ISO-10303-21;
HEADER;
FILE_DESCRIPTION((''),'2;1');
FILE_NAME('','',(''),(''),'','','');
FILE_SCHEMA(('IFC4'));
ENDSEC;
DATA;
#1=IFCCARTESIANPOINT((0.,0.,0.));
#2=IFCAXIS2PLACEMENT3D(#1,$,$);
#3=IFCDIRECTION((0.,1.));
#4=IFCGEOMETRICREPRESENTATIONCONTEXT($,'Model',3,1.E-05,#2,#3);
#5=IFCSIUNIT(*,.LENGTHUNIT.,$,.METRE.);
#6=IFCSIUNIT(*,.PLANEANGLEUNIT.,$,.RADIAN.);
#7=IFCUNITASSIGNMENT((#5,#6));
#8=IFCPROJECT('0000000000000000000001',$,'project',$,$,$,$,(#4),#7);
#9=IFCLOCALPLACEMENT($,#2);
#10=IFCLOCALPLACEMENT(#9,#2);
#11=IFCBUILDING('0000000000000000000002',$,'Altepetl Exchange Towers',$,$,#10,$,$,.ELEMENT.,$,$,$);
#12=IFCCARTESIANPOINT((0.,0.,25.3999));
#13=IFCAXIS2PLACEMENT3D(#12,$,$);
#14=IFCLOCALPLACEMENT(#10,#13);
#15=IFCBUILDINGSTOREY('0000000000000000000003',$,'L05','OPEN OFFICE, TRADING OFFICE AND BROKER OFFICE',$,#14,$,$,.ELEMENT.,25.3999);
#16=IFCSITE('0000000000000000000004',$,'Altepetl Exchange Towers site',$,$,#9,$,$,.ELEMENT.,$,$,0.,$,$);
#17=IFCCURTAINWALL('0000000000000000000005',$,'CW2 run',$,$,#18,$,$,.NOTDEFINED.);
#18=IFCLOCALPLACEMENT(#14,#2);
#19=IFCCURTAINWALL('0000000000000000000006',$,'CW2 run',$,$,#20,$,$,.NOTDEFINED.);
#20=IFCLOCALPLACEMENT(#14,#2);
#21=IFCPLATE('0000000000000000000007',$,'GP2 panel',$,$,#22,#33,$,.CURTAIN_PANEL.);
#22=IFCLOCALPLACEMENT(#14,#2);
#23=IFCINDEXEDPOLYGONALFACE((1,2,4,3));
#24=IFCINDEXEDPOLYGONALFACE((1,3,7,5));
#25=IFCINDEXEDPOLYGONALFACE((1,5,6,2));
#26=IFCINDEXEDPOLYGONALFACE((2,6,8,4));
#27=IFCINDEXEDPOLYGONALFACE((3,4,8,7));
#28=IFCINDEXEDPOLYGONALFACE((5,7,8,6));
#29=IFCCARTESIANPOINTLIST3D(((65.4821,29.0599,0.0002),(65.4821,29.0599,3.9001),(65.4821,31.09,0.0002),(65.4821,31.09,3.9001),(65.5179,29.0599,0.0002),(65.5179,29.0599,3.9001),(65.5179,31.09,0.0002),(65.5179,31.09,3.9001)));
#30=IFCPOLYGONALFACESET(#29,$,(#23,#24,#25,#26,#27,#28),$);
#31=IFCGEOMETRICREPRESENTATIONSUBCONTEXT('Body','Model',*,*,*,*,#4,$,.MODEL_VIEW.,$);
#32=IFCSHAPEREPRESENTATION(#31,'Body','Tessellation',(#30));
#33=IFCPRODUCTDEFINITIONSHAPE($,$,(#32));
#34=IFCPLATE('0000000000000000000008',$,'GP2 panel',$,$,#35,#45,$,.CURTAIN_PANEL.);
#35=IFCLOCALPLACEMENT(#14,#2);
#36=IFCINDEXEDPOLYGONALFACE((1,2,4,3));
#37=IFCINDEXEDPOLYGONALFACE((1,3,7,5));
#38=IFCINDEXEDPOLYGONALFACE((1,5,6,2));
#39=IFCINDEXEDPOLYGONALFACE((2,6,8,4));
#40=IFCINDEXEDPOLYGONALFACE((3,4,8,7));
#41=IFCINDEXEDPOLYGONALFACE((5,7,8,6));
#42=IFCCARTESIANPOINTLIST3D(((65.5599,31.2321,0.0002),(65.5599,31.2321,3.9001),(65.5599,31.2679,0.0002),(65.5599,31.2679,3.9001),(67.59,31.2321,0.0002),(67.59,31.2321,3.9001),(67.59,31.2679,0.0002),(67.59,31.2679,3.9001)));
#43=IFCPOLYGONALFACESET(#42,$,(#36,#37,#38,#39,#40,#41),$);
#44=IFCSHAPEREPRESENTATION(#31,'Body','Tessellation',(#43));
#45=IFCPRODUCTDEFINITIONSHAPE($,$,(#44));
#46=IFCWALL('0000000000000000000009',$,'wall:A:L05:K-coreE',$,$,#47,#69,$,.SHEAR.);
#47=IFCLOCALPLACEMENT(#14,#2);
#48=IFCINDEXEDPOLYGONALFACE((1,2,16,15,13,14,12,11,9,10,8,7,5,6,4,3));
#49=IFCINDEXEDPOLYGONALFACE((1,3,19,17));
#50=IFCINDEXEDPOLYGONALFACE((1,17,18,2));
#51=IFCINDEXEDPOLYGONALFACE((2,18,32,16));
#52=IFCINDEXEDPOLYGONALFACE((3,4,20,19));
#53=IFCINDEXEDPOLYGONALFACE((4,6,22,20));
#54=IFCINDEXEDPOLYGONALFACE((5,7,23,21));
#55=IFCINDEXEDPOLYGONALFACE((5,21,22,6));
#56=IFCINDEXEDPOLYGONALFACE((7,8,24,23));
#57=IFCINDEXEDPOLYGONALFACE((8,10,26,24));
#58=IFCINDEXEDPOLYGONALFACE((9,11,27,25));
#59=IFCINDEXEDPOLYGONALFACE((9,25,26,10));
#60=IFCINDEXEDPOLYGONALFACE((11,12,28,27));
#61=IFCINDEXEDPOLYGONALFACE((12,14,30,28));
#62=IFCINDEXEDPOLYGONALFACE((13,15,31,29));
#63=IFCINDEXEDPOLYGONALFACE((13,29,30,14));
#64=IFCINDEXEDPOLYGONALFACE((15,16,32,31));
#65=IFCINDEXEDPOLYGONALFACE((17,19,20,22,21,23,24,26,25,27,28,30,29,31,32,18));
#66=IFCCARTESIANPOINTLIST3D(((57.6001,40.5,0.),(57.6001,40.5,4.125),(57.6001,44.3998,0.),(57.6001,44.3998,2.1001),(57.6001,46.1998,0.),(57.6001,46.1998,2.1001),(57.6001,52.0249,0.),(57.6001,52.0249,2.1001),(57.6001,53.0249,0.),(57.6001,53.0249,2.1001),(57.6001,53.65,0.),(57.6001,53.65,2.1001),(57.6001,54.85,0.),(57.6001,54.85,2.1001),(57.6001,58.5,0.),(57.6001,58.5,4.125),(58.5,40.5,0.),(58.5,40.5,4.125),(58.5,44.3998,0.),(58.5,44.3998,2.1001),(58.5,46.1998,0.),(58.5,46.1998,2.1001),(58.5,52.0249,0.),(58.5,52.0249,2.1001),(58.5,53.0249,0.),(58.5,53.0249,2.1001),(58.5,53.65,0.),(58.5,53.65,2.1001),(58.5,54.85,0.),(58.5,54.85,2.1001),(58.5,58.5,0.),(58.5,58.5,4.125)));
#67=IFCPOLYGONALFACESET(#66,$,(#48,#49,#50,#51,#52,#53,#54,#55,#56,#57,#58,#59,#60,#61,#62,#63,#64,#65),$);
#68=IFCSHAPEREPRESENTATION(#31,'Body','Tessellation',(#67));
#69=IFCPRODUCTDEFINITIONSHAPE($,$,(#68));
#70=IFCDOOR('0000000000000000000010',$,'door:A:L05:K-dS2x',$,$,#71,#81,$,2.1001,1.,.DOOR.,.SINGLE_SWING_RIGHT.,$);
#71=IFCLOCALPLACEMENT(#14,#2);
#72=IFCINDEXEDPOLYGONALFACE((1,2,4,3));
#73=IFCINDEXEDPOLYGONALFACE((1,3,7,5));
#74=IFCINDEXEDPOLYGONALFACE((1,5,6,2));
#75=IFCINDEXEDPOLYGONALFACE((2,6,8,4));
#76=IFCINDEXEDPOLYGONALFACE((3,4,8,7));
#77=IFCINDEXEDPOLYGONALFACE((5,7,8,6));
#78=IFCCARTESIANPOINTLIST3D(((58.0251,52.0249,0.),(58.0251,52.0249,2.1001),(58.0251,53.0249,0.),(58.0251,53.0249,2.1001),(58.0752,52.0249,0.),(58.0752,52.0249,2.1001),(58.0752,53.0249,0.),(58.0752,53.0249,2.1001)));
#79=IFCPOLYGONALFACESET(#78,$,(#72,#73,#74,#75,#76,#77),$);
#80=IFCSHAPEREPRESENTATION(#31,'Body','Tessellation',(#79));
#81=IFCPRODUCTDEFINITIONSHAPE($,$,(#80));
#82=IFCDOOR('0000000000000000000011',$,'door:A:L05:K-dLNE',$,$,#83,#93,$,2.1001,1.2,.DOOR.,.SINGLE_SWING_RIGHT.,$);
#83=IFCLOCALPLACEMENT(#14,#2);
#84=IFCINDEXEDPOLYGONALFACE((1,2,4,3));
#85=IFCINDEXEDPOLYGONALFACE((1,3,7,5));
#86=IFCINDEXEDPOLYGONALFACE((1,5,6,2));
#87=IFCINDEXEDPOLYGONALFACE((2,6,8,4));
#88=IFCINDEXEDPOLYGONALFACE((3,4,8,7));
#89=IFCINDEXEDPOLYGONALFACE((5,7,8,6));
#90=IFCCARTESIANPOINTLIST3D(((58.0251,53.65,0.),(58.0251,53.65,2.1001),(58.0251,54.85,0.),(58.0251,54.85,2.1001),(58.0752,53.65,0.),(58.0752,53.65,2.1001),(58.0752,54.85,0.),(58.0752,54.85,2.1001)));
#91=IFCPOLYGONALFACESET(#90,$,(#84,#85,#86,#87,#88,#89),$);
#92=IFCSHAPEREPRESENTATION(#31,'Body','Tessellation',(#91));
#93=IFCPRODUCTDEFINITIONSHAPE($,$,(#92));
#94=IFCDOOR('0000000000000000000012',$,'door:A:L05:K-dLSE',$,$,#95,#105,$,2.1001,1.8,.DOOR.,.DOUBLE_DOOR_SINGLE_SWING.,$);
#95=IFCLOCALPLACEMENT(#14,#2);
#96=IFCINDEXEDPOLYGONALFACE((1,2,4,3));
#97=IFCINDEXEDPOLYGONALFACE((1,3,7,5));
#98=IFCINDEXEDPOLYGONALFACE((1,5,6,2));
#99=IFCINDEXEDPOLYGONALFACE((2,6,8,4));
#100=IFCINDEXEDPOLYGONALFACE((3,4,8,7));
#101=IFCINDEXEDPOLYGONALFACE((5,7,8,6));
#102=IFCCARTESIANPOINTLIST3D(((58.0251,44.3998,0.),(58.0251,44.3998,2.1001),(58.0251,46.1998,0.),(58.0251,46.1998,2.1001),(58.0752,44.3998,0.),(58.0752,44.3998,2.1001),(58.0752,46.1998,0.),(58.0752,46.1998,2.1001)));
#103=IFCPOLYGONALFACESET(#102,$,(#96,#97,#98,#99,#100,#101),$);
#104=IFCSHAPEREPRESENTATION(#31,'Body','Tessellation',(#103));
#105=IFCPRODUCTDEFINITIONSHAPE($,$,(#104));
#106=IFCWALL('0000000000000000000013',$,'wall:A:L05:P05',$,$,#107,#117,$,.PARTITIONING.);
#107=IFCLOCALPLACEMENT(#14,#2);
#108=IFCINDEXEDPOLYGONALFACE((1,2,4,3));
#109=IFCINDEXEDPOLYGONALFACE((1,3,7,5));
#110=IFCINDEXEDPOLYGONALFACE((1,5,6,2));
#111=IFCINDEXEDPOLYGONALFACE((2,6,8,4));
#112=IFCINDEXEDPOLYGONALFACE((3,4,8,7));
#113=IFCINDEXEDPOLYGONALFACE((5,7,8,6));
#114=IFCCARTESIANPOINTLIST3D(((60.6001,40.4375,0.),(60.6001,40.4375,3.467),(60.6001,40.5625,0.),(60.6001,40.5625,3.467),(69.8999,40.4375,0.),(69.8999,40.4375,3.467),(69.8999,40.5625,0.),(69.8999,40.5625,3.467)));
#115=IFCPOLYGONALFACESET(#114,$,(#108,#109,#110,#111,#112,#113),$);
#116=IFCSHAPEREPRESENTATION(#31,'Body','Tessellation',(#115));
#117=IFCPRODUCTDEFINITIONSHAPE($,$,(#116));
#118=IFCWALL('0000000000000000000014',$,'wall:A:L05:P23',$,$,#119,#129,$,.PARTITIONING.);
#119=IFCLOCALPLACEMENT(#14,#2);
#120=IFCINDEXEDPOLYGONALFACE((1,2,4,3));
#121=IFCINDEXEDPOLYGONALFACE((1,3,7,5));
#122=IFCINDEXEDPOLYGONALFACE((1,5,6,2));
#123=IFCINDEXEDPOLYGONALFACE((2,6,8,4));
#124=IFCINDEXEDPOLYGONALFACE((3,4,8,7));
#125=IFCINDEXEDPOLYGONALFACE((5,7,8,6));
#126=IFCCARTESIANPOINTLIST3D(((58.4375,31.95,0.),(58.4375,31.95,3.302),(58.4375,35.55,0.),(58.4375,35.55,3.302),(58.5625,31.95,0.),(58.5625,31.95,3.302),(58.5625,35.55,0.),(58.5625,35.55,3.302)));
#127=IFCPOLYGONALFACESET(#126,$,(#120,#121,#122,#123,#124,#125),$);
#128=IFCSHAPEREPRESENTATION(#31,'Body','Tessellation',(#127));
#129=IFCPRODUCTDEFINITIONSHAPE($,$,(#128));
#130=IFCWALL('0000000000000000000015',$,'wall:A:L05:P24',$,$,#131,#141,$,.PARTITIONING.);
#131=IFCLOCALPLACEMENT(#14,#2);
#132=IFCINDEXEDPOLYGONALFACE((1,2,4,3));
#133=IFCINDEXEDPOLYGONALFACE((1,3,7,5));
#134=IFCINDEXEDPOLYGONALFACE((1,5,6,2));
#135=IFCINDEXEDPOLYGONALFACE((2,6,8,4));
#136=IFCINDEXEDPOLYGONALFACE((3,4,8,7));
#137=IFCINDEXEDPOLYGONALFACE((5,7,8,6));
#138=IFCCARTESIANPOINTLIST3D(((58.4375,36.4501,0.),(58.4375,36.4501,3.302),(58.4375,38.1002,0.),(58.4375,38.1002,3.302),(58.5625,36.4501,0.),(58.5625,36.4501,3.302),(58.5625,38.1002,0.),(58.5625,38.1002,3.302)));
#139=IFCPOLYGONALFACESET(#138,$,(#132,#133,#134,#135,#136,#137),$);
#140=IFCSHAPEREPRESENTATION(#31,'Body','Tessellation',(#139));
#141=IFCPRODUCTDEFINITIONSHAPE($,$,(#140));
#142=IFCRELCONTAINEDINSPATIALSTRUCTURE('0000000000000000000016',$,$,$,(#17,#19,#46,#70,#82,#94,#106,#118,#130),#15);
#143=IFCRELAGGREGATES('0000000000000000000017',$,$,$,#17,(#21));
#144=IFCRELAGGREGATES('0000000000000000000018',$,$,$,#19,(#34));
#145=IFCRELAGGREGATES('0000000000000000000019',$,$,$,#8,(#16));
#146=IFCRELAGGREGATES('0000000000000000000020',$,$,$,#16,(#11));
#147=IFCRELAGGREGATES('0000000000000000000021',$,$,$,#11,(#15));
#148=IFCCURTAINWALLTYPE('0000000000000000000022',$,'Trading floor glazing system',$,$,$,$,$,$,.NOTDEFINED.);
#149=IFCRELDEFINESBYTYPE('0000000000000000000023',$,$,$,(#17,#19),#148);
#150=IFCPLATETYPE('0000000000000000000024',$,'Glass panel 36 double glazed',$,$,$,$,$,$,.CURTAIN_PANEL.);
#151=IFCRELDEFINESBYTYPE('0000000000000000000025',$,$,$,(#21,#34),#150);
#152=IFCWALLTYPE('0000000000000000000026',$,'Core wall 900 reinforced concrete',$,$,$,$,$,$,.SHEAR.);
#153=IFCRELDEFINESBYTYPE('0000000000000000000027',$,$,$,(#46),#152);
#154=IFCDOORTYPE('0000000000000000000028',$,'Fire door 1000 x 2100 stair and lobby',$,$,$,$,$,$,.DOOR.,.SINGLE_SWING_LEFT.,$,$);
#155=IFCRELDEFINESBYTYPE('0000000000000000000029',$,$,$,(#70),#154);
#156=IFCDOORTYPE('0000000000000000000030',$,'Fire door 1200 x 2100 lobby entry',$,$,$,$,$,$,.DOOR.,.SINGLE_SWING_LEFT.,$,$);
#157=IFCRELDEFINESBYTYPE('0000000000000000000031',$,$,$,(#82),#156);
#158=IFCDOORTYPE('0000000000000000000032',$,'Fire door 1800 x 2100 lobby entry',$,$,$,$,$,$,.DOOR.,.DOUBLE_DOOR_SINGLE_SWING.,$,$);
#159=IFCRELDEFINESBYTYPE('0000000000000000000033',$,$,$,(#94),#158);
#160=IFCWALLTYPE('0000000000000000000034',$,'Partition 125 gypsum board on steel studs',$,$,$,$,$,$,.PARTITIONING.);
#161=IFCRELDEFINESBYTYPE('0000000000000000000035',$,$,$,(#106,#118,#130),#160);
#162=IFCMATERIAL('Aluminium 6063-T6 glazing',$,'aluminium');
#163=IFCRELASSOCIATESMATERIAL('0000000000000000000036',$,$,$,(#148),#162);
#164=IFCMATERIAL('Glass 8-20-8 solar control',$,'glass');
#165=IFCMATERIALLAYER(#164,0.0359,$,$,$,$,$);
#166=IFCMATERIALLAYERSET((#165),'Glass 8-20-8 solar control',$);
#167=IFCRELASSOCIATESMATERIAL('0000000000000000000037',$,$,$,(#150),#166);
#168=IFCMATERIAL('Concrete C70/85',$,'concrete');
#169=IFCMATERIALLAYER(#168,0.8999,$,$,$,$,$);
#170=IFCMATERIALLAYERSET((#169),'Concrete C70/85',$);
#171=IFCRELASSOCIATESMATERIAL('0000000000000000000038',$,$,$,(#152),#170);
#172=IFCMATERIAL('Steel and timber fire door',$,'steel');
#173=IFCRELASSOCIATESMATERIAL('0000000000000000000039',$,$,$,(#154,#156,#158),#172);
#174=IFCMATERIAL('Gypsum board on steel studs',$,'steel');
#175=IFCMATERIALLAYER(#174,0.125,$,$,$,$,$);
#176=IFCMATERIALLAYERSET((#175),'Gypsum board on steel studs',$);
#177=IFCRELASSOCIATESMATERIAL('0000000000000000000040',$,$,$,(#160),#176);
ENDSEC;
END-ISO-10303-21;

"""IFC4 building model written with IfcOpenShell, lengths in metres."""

from ifc_helpers import new_model, si_unit, direction, frame, frame_2d, origin, origin_2d, place, context, subcontext, project, spatial, rectangle, extrude, material, layer, layer_set, type_object, element, fill, aggregate, save


model = new_model("IFC4")

# Units and contexts
model_context = context("Model", 3, precision=1e-05, world=origin(), true_north=direction((0.0, 1.0)))
body_context = subcontext(model_context, "Body", "Model", "MODEL_VIEW")
ifc_project = project(units=[si_unit("LENGTHUNIT", "METRE"), si_unit("PLANEANGLEUNIT", "RADIAN")], contexts=[model_context])

# Site, building, storey
site_placement = place(None, origin())
site = spatial("IfcSite", under=ifc_project, at=site_placement, Name="Altepetl Exchange Towers site", CompositionType="ELEMENT", RefElevation=0.0)
building_placement = place(site_placement, origin())
building = spatial("IfcBuilding", under=site, at=building_placement, Name="Altepetl Exchange Towers", CompositionType="ELEMENT")
storey_placement = place(building_placement, frame((0.0, 0.0, 25.3999)))
storey = spatial("IfcBuildingStorey", under=building, at=storey_placement, Name="L05", Description="OPEN OFFICE, TRADING OFFICE AND BROKER OFFICE", CompositionType="ELEMENT", Elevation=25.3999)

# Shared definitions
ifc_material_1 = material(Name="Concrete C70/85", Category="concrete")

# Curtain walls
ifc_material_2 = material(Name="Aluminium 6063-T6 glazing", Category="aluminium")
curtain_wall_type = type_object("IfcCurtainWallType", Name="Trading floor glazing system", PredefinedType="NOTDEFINED", material=ifc_material_2)
curtain_wall_1_placement = place(storey_placement, origin())
curtain_wall_1 = element("IfcCurtainWall", 1, at=curtain_wall_1_placement, inside=storey, type_object=curtain_wall_type, Name="CW2 run", PredefinedType="NOTDEFINED")
curtain_wall_2_placement = place(storey_placement, origin())
curtain_wall_2 = element("IfcCurtainWall", 2, at=curtain_wall_2_placement, inside=storey, type_object=curtain_wall_type, Name="CW2 run", PredefinedType="NOTDEFINED")

# Plates
ifc_material_3 = material(Name="Glass 8-20-8 solar control", Category="glass")
ifc_layer_1 = layer(ifc_material_3, 0.0359)
ifc_layer_set_1 = layer_set([ifc_layer_1], Name="Glass 8-20-8 solar control")
plate_type = type_object("IfcPlateType", Name="Glass panel 36 double glazed", PredefinedType="CURTAIN_PANEL", material=ifc_layer_set_1)
plate_1_placement = place(storey_placement, frame((65.5, 30.075, 0.0002), z_axis=(0.0, 0.0, 1.0), x_axis=(0.0, 1.0, 0.0)))
plate_1 = element("IfcPlate", 3, at=plate_1_placement, type_object=plate_type, Name="GP2 panel", PredefinedType="CURTAIN_PANEL", context=body_context, shape_type="SweptSolid", body=[
    extrude(rectangle(XDim=2.03, YDim=0.0359, at=origin_2d()), origin(), (0.0, 0.0, 1.0), 3.8999),
])
aggregate(curtain_wall_1, [plate_1])
plate_2_placement = place(storey_placement, frame((66.575, 31.25, 0.0002)))
plate_2 = element("IfcPlate", 4, at=plate_2_placement, type_object=plate_type, Name="GP2 panel", PredefinedType="CURTAIN_PANEL", context=body_context, shape_type="SweptSolid", body=[
    extrude(rectangle(XDim=2.03, YDim=0.0359, at=origin_2d()), origin(), (0.0, 0.0, 1.0), 3.8999),
])
aggregate(curtain_wall_2, [plate_2])

# Wall, openings, doors
ifc_layer_2 = layer(ifc_material_1, 0.8999)
ifc_layer_set_2 = layer_set([ifc_layer_2], Name="Concrete C70/85")
wall_type_1 = type_object("IfcWallType", Name="Core wall 900 reinforced concrete", PredefinedType="SHEAR", material=ifc_layer_set_2)
wall_1_placement = place(storey_placement, frame((58.05, 40.5, 0.0), z_axis=(0.0, 0.0, 1.0), x_axis=(0.0, 1.0, 0.0)))
wall_1 = element("IfcWall", 5, at=wall_1_placement, inside=storey, type_object=wall_type_1, Name="wall:A:L05:K-coreE", PredefinedType="SHEAR", context=body_context, shape_type="SweptSolid", body=[
    extrude(rectangle(XDim=18.0, YDim=0.8999, at=frame_2d((9.0, 0.0))), origin(), (0.0, 0.0, 1.0), 4.125),
])
opening_1_placement = place(wall_1_placement, frame((13.1499, 0.0, 0.0)))
opening_1 = element("IfcOpeningElement", 6, at=opening_1_placement, cuts=wall_1, PredefinedType="OPENING", context=body_context, shape_type="SweptSolid", body=[
    extrude(rectangle(XDim=1.2, YDim=2.1001, at=frame_2d((0.6001, 1.05))), frame((0.0, 0.46, 0.0), z_axis=(0.0, -1.0, 0.0), x_axis=(1.0, 0.0, 0.0)), (0.0, 0.0, 1.0), 0.9199),
])
opening_2_placement = place(wall_1_placement, frame((3.8999, 0.0, 0.0)))
opening_2 = element("IfcOpeningElement", 7, at=opening_2_placement, cuts=wall_1, PredefinedType="OPENING", context=body_context, shape_type="SweptSolid", body=[
    extrude(rectangle(XDim=1.8, YDim=2.1001, at=frame_2d((0.8999, 1.05))), frame((0.0, 0.46, 0.0), z_axis=(0.0, -1.0, 0.0), x_axis=(1.0, 0.0, 0.0)), (0.0, 0.0, 1.0), 0.9199),
])
opening_3_placement = place(wall_1_placement, frame((11.5249, 0.0, 0.0)))
opening_3 = element("IfcOpeningElement", 8, at=opening_3_placement, cuts=wall_1, PredefinedType="OPENING", context=body_context, shape_type="SweptSolid", body=[
    extrude(rectangle(XDim=1.0, YDim=2.1001, at=frame_2d((0.5, 1.05))), frame((0.0, 0.46, 0.0), z_axis=(0.0, -1.0, 0.0), x_axis=(1.0, 0.0, 0.0)), (0.0, 0.0, 1.0), 0.9199),
])
ifc_material_4 = material(Name="Steel and timber fire door", Category="steel")
door_type_1 = type_object("IfcDoorType", Name="Fire door 1000 x 2100 stair and lobby", OperationType="SINGLE_SWING_LEFT", PredefinedType="DOOR", material=ifc_material_4)
door_1_placement = place(opening_3_placement, origin())
door_1 = element("IfcDoor", 9, at=door_1_placement, inside=storey, type_object=door_type_1, Name="door:A:L05:K-dS2x", OperationType="SINGLE_SWING_RIGHT", OverallHeight=2.1001, OverallWidth=1.0, PredefinedType="DOOR", context=body_context, shape_type="SweptSolid", body=[
    extrude(rectangle(XDim=1.0, YDim=2.1001, at=frame_2d((0.5, 1.05))), frame((0.0, 0.0249, 0.0), z_axis=(0.0, -1.0, 0.0), x_axis=(1.0, 0.0, 0.0)), (0.0, 0.0, 1.0), 0.05),
])
fill(opening_3, door_1)
door_type_2 = type_object("IfcDoorType", Name="Fire door 1200 x 2100 lobby entry", OperationType="SINGLE_SWING_LEFT", PredefinedType="DOOR", material=ifc_material_4)
door_2_placement = place(opening_1_placement, origin())
door_2 = element("IfcDoor", 10, at=door_2_placement, inside=storey, type_object=door_type_2, Name="door:A:L05:K-dLNE", OperationType="SINGLE_SWING_RIGHT", OverallHeight=2.1001, OverallWidth=1.2, PredefinedType="DOOR", context=body_context, shape_type="SweptSolid", body=[
    extrude(rectangle(XDim=1.2, YDim=2.1001, at=frame_2d((0.6001, 1.05))), frame((0.0, 0.0249, 0.0), z_axis=(0.0, -1.0, 0.0), x_axis=(1.0, 0.0, 0.0)), (0.0, 0.0, 1.0), 0.05),
])
fill(opening_1, door_2)
door_type_3 = type_object("IfcDoorType", Name="Fire door 1800 x 2100 lobby entry", OperationType="DOUBLE_DOOR_SINGLE_SWING", PredefinedType="DOOR", material=ifc_material_4)
door_3_placement = place(opening_2_placement, origin())
door_3 = element("IfcDoor", 11, at=door_3_placement, inside=storey, type_object=door_type_3, Name="door:A:L05:K-dLSE", OperationType="DOUBLE_DOOR_SINGLE_SWING", OverallHeight=2.1001, OverallWidth=1.8, PredefinedType="DOOR", context=body_context, shape_type="SweptSolid", body=[
    extrude(rectangle(XDim=1.8, YDim=2.1001, at=frame_2d((0.8999, 1.05))), frame((0.0, 0.0249, 0.0), z_axis=(0.0, -1.0, 0.0), x_axis=(1.0, 0.0, 0.0)), (0.0, 0.0, 1.0), 0.05),
])
fill(opening_2, door_3)

# Walls
ifc_material_5 = material(Name="Gypsum board on steel studs", Category="steel")
ifc_layer_3 = layer(ifc_material_5, 0.125)
ifc_layer_set_3 = layer_set([ifc_layer_3], Name="Gypsum board on steel studs")
wall_type_2 = type_object("IfcWallType", Name="Partition 125 gypsum board on steel studs", PredefinedType="PARTITIONING", material=ifc_layer_set_3)
wall_2_placement = place(storey_placement, frame((60.6001, 40.5, 0.0)))
element("IfcWall", 12, at=wall_2_placement, inside=storey, type_object=wall_type_2, Name="wall:A:L05:P05", PredefinedType="PARTITIONING", context=body_context, shape_type="SweptSolid", body=[
    extrude(rectangle(XDim=9.2998, YDim=0.125, at=frame_2d((4.6499, 0.0))), origin(), (0.0, 0.0, 1.0), 3.467),
])
wall_3_placement = place(storey_placement, frame((58.5, 31.95, 0.0), z_axis=(0.0, 0.0, 1.0), x_axis=(0.0, 1.0, 0.0)))
element("IfcWall", 13, at=wall_3_placement, inside=storey, type_object=wall_type_2, Name="wall:A:L05:P23", PredefinedType="PARTITIONING", context=body_context, shape_type="SweptSolid", body=[
    extrude(rectangle(XDim=3.6001, YDim=0.125, at=frame_2d((1.8, 0.0))), origin(), (0.0, 0.0, 1.0), 3.302),
])
wall_4_placement = place(storey_placement, frame((58.5, 36.45, 0.0), z_axis=(0.0, 0.0, 1.0), x_axis=(0.0, 1.0, 0.0)))
element("IfcWall", 14, at=wall_4_placement, inside=storey, type_object=wall_type_2, Name="wall:A:L05:P24", PredefinedType="PARTITIONING", context=body_context, shape_type="SweptSolid", body=[
    extrude(rectangle(XDim=1.6501, YDim=0.125, at=frame_2d((0.8252, 0.0))), origin(), (0.0, 0.0, 1.0), 3.302),
])

save(model, "model.ifc")
